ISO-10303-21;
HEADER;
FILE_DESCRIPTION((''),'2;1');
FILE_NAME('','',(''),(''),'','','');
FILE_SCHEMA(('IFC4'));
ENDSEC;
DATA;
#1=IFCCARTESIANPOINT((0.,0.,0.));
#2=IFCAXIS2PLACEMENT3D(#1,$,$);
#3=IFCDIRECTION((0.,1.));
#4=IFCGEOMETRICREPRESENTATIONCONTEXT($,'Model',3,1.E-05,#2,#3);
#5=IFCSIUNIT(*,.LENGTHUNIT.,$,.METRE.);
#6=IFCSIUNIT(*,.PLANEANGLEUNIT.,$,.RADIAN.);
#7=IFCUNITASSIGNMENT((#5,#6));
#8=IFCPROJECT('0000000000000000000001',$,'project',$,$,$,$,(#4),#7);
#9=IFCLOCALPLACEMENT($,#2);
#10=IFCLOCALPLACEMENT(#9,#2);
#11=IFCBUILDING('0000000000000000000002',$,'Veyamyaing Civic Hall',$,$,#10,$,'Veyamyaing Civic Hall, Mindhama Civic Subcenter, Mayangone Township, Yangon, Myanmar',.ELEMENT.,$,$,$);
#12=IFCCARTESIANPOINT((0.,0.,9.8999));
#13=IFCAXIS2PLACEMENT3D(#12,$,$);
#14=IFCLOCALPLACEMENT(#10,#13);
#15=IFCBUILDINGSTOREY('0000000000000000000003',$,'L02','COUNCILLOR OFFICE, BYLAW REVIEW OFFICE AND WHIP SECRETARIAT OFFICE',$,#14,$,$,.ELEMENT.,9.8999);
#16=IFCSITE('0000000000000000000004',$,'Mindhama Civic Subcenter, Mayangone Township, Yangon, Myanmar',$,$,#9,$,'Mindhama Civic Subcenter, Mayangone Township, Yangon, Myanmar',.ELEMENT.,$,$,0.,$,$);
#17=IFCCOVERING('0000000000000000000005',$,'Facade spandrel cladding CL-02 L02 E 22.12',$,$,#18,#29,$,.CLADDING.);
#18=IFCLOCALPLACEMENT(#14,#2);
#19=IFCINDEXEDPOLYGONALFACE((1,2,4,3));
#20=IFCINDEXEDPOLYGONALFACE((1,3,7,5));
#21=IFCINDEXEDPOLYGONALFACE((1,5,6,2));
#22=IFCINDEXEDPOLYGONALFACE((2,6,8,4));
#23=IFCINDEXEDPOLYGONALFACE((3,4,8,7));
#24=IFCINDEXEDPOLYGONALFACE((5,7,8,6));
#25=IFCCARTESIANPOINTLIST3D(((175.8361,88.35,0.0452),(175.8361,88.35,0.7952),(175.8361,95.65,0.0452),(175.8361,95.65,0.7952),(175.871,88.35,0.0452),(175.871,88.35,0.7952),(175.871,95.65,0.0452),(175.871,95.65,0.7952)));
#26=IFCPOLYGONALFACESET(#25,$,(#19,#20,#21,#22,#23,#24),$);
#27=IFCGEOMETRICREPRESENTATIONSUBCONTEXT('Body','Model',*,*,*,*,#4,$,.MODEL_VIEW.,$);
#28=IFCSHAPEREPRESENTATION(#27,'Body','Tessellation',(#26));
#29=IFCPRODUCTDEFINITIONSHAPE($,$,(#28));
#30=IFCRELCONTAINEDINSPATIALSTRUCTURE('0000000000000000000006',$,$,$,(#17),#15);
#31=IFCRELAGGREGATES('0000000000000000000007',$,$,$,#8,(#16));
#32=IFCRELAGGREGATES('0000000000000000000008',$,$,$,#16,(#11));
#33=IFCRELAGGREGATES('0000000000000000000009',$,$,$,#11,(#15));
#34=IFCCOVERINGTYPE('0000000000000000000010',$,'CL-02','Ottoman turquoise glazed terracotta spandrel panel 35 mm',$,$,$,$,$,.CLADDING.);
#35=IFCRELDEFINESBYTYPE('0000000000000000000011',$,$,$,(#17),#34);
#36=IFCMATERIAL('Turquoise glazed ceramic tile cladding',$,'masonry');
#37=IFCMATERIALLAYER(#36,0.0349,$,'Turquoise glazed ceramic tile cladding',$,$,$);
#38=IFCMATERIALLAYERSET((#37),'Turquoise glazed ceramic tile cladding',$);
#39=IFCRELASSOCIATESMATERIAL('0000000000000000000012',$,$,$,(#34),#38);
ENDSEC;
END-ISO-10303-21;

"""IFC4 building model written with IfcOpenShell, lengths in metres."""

from ifc_helpers import new_model, si_unit, direction, frame, origin, origin_2d, place, context, subcontext, project, spatial, rectangle, extrude, material, layer, layer_set, type_object, element, save


model = new_model("IFC4")

# Units and contexts
model_context = context("Model", 3, precision=1e-05, world=origin(), true_north=direction((0.0, 1.0)))
body_context = subcontext(model_context, "Body", "Model", "MODEL_VIEW")
ifc_project = project(units=[si_unit("LENGTHUNIT", "METRE"), si_unit("PLANEANGLEUNIT", "RADIAN")], contexts=[model_context])

# Site, building, storey
site_placement = place(None, origin())
site = spatial("IfcSite", under=ifc_project, at=site_placement, Name="Mindhama Civic Subcenter, Mayangone Township, Yangon, Myanmar", LongName="Mindhama Civic Subcenter, Mayangone Township, Yangon, Myanmar", CompositionType="ELEMENT", RefElevation=0.0)
building_placement = place(site_placement, origin())
building = spatial("IfcBuilding", under=site, at=building_placement, Name="Veyamyaing Civic Hall", LongName="Veyamyaing Civic Hall, Mindhama Civic Subcenter, Mayangone Township, Yangon, Myanmar", CompositionType="ELEMENT")
storey_placement = place(building_placement, frame((0.0, 0.0, 9.8999)))
storey = spatial("IfcBuildingStorey", under=building, at=storey_placement, Name="L02", Description="COUNCILLOR OFFICE, BYLAW REVIEW OFFICE AND WHIP SECRETARIAT OFFICE", CompositionType="ELEMENT", Elevation=9.8999)

# Covering
ifc_material_1 = material(Name="Turquoise glazed ceramic tile cladding", Category="masonry")
ifc_layer_1 = layer(ifc_material_1, 0.0349, Name="Turquoise glazed ceramic tile cladding")
ifc_layer_set_1 = layer_set([ifc_layer_1], Name="Turquoise glazed ceramic tile cladding")
covering_type = type_object("IfcCoveringType", Name="CL-02", Description="Ottoman turquoise glazed terracotta spandrel panel 35 mm", PredefinedType="CLADDING", material=ifc_layer_set_1)
covering_placement = place(storey_placement, frame((175.8535, 92.0, 0.0452), z_axis=(0.0, 0.0, 1.0), x_axis=(0.0, 1.0, 0.0)))
element("IfcCovering", 1, at=covering_placement, inside=storey, type_object=covering_type, Name="Facade spandrel cladding CL-02 L02 E 22.12", PredefinedType="CLADDING", context=body_context, shape_type="SweptSolid", body=[
    extrude(rectangle(XDim=7.3, YDim=0.0349, at=origin_2d()), origin(), (0.0, 0.0, 1.0), 0.75),
])

save(model, "model.ifc")
